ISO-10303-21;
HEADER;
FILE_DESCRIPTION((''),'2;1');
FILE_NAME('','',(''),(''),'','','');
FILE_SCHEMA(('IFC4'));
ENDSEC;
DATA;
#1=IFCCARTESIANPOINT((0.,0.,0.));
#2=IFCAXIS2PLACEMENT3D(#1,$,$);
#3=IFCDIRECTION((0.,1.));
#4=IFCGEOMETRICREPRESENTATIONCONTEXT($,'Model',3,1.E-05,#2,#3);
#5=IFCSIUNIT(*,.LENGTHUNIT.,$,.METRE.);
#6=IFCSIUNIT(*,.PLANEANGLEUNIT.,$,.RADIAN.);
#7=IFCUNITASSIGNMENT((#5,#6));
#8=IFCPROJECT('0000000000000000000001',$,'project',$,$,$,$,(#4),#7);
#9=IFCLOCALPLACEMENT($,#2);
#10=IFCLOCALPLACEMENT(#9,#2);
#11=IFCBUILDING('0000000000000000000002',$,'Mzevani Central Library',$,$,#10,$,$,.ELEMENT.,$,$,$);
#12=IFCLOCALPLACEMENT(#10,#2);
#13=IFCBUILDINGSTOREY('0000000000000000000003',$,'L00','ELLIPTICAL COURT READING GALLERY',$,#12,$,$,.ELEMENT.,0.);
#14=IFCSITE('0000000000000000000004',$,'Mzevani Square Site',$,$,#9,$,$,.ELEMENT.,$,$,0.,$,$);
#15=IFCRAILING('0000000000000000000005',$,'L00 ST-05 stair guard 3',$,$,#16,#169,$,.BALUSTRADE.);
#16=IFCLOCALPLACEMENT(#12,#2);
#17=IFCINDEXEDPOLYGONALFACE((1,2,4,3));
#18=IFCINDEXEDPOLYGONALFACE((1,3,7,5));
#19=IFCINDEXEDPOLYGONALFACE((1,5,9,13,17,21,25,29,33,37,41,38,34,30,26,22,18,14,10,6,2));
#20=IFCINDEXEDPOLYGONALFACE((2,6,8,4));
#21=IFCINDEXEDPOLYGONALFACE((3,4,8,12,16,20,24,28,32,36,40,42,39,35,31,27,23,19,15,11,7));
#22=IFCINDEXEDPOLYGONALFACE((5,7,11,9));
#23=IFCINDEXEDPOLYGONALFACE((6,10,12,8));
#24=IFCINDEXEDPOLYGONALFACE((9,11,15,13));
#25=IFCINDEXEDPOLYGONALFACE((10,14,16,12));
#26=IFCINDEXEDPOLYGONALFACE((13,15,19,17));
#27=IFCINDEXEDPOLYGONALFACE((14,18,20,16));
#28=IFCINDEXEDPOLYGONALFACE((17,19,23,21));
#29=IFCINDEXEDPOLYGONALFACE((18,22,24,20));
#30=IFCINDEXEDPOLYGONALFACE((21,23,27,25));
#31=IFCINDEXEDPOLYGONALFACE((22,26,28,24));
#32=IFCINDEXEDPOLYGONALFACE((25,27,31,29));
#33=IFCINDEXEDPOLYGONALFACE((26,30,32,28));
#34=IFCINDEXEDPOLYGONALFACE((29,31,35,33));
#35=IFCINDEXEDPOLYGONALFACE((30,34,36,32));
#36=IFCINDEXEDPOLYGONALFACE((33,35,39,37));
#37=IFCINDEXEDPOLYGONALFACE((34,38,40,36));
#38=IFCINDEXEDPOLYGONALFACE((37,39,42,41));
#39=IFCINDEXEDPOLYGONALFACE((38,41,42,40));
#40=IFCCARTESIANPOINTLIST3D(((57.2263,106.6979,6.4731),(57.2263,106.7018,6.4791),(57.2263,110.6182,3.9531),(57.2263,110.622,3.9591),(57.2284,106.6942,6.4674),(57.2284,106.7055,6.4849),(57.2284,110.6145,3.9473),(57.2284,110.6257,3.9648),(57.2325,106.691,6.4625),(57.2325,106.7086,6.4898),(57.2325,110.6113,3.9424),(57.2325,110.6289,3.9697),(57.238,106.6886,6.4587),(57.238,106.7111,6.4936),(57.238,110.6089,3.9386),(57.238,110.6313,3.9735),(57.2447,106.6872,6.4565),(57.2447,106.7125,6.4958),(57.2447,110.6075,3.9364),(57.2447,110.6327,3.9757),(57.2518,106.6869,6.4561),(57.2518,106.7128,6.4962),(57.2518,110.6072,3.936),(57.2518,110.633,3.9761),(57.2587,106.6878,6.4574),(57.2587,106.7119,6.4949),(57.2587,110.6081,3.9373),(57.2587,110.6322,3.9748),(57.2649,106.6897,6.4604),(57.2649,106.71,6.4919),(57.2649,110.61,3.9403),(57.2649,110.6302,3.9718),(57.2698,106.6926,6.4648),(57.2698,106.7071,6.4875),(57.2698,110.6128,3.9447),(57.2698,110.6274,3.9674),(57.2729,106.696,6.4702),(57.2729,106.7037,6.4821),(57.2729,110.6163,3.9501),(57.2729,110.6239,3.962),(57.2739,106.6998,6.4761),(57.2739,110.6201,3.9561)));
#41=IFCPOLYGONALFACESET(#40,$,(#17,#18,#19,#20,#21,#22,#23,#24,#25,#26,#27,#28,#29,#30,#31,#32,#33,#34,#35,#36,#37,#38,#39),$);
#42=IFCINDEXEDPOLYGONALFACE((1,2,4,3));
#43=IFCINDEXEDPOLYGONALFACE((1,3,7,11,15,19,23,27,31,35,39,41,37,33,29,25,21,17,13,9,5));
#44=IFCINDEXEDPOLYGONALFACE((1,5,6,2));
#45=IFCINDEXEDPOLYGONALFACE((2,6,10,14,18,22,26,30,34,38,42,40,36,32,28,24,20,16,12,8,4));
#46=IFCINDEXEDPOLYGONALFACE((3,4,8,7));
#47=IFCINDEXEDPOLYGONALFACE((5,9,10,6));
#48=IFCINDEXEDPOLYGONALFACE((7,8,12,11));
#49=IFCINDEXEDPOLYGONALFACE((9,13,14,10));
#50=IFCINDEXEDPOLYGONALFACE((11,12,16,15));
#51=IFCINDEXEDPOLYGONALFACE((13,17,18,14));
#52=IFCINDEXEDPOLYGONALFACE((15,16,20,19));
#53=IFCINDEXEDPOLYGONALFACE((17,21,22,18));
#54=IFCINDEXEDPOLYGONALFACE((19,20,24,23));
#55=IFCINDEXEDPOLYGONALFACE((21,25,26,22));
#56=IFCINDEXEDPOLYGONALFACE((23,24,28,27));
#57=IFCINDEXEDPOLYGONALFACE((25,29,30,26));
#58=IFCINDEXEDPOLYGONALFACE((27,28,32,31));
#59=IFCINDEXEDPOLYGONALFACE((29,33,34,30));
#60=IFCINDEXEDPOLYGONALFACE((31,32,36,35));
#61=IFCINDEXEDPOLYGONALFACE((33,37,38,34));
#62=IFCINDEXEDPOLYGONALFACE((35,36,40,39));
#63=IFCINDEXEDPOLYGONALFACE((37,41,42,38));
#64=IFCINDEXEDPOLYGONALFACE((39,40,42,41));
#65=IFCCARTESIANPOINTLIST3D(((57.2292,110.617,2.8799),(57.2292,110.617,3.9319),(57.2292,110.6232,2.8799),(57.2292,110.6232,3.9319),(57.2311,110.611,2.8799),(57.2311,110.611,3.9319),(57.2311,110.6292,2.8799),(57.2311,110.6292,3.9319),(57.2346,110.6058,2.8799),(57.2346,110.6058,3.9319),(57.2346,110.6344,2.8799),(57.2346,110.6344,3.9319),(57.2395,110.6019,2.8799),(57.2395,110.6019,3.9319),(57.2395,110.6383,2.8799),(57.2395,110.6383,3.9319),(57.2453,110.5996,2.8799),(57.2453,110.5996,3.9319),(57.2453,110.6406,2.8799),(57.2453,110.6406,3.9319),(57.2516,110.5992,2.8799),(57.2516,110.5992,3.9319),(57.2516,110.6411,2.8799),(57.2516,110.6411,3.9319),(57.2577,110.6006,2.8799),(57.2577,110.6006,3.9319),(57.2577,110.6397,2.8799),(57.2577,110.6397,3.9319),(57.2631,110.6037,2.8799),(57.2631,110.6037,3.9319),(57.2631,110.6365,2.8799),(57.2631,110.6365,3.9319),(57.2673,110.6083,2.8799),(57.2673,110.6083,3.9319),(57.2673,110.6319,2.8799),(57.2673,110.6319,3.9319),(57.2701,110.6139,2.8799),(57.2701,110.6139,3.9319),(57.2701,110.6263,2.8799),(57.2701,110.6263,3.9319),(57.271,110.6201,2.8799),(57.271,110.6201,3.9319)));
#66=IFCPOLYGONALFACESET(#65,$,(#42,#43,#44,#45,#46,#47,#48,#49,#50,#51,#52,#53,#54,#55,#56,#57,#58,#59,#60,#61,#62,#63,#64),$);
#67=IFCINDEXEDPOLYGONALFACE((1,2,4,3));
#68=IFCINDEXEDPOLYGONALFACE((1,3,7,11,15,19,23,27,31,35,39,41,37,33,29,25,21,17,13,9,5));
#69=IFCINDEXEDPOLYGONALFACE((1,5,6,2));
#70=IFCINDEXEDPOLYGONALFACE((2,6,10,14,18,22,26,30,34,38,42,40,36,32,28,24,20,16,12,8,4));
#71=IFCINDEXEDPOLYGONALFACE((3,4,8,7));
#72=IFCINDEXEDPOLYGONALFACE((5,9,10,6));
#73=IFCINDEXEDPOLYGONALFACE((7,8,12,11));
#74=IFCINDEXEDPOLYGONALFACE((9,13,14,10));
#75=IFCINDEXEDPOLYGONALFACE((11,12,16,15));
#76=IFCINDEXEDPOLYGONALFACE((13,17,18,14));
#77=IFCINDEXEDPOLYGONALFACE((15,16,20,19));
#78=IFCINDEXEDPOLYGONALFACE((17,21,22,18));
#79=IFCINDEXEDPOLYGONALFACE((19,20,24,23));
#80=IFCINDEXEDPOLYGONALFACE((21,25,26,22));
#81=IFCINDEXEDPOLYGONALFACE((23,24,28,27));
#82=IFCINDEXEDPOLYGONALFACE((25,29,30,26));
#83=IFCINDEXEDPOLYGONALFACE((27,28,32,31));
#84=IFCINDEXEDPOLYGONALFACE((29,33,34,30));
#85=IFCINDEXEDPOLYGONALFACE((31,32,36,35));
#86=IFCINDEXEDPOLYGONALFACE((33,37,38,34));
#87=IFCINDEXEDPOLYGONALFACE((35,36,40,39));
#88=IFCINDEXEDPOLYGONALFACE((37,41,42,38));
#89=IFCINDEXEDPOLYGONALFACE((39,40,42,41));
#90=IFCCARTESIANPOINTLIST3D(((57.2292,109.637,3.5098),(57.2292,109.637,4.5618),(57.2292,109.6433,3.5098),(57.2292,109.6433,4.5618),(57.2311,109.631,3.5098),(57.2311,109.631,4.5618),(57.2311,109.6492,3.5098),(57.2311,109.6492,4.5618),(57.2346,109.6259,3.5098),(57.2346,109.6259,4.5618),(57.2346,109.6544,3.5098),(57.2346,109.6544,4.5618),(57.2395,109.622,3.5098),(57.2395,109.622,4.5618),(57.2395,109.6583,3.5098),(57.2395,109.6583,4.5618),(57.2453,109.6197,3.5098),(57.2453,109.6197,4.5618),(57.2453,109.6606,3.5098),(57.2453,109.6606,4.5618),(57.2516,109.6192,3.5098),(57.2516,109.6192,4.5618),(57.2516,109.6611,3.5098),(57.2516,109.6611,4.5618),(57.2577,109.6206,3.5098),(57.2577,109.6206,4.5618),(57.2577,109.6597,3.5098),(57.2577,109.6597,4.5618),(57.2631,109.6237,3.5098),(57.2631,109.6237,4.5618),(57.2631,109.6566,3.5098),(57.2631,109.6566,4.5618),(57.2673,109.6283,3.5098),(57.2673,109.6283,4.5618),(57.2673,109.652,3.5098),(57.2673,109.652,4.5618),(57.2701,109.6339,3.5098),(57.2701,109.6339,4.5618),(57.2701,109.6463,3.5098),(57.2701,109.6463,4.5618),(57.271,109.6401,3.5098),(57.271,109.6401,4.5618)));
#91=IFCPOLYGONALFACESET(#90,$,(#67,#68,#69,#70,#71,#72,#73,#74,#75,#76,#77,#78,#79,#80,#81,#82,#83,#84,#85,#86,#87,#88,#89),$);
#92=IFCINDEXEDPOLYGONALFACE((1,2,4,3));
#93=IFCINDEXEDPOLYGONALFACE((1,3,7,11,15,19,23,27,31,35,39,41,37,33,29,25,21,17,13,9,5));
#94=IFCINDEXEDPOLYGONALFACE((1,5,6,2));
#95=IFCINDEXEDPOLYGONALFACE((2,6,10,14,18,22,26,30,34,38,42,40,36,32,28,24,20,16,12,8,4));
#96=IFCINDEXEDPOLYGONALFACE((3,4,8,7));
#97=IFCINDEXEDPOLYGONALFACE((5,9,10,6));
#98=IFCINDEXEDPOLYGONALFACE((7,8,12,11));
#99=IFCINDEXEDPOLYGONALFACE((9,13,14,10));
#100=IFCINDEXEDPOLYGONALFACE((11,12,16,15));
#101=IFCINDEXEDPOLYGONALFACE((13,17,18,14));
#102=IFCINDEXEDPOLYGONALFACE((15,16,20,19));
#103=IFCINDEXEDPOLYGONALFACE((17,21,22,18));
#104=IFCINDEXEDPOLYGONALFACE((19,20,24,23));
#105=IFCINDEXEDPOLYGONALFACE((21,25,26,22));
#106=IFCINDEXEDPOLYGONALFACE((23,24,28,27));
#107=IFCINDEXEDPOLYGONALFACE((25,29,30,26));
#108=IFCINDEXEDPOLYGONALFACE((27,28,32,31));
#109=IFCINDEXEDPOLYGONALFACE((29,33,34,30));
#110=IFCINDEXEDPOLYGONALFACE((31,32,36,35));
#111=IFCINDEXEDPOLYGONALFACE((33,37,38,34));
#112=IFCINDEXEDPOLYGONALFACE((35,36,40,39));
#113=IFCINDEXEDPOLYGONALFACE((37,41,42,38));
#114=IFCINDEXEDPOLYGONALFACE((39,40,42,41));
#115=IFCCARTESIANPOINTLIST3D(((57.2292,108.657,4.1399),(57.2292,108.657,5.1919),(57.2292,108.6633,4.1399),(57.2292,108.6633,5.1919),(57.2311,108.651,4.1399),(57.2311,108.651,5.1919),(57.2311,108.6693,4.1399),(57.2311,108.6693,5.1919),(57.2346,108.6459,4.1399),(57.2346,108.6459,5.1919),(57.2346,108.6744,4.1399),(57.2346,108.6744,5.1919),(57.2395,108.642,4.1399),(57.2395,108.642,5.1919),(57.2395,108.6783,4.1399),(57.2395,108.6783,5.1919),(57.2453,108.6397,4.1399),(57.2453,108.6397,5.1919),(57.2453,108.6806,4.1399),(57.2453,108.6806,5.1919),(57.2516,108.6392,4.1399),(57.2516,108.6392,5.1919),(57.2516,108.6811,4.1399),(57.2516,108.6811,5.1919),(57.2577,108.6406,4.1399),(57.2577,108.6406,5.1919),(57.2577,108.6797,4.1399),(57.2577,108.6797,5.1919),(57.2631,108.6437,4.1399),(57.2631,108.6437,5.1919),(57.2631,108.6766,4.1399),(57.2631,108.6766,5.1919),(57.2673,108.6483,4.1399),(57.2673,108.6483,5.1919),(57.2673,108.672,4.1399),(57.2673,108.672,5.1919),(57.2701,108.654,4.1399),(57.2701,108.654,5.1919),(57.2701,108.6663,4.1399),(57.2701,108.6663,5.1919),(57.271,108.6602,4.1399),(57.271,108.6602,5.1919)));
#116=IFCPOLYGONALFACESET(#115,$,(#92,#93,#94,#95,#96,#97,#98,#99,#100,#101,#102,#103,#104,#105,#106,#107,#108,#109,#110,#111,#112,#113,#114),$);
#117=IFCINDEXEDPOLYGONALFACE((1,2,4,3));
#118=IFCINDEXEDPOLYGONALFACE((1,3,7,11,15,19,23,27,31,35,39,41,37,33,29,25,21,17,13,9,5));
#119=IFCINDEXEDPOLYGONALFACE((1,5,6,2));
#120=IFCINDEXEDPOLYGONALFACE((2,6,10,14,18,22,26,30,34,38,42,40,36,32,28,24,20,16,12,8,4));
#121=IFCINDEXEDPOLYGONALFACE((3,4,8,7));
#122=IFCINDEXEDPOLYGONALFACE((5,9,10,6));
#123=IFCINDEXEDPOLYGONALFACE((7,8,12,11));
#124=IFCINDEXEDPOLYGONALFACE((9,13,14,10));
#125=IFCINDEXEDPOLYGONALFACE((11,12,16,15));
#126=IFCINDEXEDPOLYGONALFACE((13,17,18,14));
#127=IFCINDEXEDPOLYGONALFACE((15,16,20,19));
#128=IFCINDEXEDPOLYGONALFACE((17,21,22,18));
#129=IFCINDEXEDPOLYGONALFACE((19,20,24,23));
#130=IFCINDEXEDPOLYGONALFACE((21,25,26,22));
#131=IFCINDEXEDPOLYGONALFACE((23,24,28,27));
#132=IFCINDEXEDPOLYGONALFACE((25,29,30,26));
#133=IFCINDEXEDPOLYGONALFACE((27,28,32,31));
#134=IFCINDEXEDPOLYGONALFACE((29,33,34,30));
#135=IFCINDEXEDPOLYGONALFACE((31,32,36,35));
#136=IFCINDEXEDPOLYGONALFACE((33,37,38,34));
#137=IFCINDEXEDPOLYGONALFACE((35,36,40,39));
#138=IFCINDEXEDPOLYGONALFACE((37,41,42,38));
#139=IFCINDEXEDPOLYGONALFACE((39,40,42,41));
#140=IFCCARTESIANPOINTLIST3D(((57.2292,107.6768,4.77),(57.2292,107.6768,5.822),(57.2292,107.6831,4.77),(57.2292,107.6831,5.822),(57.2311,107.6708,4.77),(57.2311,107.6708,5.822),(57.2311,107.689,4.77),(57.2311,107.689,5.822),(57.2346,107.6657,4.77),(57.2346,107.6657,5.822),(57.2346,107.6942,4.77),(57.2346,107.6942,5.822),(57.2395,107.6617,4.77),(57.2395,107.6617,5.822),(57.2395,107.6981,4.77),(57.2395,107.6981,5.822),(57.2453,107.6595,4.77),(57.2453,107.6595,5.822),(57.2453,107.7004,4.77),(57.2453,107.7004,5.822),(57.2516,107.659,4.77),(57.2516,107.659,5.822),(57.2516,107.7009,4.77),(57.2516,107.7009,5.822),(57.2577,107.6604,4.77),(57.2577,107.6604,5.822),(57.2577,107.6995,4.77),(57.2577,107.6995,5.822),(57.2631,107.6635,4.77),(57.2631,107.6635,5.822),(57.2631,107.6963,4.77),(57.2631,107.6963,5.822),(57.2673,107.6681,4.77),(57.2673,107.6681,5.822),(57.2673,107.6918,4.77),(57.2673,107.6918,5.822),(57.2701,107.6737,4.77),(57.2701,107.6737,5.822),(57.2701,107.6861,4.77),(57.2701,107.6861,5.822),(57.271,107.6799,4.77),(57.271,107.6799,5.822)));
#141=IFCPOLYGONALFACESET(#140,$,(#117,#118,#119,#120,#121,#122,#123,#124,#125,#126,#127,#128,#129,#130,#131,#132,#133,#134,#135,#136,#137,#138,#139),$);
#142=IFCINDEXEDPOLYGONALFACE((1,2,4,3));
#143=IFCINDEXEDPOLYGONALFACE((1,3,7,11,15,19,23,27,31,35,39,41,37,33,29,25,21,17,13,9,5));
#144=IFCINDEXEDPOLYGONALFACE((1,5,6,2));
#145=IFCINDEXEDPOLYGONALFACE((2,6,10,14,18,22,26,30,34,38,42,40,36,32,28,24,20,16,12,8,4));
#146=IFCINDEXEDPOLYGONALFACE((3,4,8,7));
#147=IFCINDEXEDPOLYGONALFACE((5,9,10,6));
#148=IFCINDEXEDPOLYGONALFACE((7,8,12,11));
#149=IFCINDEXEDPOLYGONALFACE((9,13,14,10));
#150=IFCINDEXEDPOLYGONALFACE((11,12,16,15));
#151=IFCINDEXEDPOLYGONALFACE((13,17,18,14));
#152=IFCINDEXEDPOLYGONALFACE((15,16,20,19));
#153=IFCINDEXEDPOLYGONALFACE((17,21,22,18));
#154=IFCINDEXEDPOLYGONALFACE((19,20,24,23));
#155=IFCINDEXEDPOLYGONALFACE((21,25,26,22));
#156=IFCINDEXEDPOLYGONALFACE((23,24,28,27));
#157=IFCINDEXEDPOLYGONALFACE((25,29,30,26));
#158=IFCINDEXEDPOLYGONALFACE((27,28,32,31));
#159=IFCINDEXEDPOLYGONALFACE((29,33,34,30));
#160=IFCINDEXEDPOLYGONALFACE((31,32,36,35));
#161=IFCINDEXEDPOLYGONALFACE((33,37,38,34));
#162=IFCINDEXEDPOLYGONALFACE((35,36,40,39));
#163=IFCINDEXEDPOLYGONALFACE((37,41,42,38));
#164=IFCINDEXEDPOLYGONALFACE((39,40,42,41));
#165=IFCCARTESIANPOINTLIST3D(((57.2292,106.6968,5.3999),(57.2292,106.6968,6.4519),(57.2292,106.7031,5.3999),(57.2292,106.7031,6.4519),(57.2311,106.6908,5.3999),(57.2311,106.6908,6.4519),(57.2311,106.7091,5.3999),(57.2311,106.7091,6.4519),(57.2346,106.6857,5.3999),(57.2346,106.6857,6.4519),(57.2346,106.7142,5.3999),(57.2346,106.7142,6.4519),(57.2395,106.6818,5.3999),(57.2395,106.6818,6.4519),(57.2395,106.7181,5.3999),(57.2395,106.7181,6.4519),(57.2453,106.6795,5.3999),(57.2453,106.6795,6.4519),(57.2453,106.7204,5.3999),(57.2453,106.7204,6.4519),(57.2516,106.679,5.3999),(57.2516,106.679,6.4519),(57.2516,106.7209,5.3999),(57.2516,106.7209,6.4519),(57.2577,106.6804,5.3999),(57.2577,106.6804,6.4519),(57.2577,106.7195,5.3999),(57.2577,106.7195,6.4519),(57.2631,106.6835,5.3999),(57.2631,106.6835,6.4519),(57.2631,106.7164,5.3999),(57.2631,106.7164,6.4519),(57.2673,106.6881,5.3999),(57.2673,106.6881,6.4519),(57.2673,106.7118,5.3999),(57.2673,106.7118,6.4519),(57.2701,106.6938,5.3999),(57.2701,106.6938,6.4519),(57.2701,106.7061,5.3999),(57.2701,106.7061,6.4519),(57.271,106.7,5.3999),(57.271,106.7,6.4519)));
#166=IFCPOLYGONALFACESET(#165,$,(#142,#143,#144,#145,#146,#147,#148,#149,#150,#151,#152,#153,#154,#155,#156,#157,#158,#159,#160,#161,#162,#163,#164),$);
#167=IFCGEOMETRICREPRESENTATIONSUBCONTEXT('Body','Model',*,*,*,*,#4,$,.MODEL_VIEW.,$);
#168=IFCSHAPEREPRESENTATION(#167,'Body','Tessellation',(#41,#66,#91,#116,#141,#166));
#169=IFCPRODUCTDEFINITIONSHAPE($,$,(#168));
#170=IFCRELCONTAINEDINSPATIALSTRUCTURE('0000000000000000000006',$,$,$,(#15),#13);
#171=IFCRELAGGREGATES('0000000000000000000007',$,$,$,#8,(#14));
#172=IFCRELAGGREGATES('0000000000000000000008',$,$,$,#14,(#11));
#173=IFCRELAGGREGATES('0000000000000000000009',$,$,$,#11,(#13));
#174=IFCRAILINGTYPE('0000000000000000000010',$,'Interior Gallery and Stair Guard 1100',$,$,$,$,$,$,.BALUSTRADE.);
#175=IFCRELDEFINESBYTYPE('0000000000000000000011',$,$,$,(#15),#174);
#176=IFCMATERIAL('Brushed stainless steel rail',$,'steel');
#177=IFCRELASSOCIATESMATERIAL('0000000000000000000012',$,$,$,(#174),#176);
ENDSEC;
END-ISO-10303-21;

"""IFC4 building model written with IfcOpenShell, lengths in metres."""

from ifc_helpers import new_model, si_unit, direction, frame, origin, origin_2d, place, context, subcontext, project, spatial, circle, extrude, material, type_object, element, save


model = new_model("IFC4")

# Units and contexts
model_context = context("Model", 3, precision=1e-05, world=origin(), true_north=direction((0.0, 1.0)))
body_context = subcontext(model_context, "Body", "Model", "MODEL_VIEW")
ifc_project = project(units=[si_unit("LENGTHUNIT", "METRE"), si_unit("PLANEANGLEUNIT", "RADIAN")], contexts=[model_context])

# Site, building, storey
site_placement = place(None, origin())
site = spatial("IfcSite", under=ifc_project, at=site_placement, Name="Mzevani Square Site", CompositionType="ELEMENT", RefElevation=0.0)
building_placement = place(site_placement, origin())
building = spatial("IfcBuilding", under=site, at=building_placement, Name="Mzevani Central Library", CompositionType="ELEMENT")
storey_placement = place(building_placement, origin())
storey = spatial("IfcBuildingStorey", under=building, at=storey_placement, Name="L00", Description="ELLIPTICAL COURT READING GALLERY", CompositionType="ELEMENT", Elevation=0.0)

# Railing
ifc_material_1 = material(Name="Brushed stainless steel rail", Category="steel")
railing_type_1 = type_object("IfcRailingType", Name="Interior Gallery and Stair Guard 1100", PredefinedType="BALUSTRADE", material=ifc_material_1)
railing_1_placement = place(storey_placement, frame((57.25, 110.6201, 2.8799)))
element("IfcRailing", 1, at=railing_1_placement, inside=storey, type_object=railing_type_1, Name="L00 ST-05 stair guard 3", PredefinedType="BALUSTRADE", context=body_context, shape_type="SweptSolid", body=[
    extrude(circle(Radius=0.0239, at=origin_2d()), frame((0.0, 0.0, 1.0762), z_axis=(0.0, -0.841187, 0.540744), x_axis=(1.0, 0.0, 0.0)), (0.0, 0.0, 1.0), 4.6604),
    extrude(circle(Radius=0.021, at=origin_2d()), origin(), (0.0, 0.0, 1.0), 1.052),
    extrude(circle(Radius=0.021, at=origin_2d()), frame((0.0, -0.98, 0.6299)), (0.0, 0.0, 1.0), 1.052),
    extrude(circle(Radius=0.021, at=origin_2d()), frame((0.0, -1.96, 1.26)), (0.0, 0.0, 1.0), 1.052),
    extrude(circle(Radius=0.021, at=origin_2d()), frame((0.0, -2.9402, 1.8901)), (0.0, 0.0, 1.0), 1.052),
    extrude(circle(Radius=0.021, at=origin_2d()), frame((0.0, -3.9202, 2.52)), (0.0, 0.0, 1.0), 1.052),
])

save(model, "model.ifc")
